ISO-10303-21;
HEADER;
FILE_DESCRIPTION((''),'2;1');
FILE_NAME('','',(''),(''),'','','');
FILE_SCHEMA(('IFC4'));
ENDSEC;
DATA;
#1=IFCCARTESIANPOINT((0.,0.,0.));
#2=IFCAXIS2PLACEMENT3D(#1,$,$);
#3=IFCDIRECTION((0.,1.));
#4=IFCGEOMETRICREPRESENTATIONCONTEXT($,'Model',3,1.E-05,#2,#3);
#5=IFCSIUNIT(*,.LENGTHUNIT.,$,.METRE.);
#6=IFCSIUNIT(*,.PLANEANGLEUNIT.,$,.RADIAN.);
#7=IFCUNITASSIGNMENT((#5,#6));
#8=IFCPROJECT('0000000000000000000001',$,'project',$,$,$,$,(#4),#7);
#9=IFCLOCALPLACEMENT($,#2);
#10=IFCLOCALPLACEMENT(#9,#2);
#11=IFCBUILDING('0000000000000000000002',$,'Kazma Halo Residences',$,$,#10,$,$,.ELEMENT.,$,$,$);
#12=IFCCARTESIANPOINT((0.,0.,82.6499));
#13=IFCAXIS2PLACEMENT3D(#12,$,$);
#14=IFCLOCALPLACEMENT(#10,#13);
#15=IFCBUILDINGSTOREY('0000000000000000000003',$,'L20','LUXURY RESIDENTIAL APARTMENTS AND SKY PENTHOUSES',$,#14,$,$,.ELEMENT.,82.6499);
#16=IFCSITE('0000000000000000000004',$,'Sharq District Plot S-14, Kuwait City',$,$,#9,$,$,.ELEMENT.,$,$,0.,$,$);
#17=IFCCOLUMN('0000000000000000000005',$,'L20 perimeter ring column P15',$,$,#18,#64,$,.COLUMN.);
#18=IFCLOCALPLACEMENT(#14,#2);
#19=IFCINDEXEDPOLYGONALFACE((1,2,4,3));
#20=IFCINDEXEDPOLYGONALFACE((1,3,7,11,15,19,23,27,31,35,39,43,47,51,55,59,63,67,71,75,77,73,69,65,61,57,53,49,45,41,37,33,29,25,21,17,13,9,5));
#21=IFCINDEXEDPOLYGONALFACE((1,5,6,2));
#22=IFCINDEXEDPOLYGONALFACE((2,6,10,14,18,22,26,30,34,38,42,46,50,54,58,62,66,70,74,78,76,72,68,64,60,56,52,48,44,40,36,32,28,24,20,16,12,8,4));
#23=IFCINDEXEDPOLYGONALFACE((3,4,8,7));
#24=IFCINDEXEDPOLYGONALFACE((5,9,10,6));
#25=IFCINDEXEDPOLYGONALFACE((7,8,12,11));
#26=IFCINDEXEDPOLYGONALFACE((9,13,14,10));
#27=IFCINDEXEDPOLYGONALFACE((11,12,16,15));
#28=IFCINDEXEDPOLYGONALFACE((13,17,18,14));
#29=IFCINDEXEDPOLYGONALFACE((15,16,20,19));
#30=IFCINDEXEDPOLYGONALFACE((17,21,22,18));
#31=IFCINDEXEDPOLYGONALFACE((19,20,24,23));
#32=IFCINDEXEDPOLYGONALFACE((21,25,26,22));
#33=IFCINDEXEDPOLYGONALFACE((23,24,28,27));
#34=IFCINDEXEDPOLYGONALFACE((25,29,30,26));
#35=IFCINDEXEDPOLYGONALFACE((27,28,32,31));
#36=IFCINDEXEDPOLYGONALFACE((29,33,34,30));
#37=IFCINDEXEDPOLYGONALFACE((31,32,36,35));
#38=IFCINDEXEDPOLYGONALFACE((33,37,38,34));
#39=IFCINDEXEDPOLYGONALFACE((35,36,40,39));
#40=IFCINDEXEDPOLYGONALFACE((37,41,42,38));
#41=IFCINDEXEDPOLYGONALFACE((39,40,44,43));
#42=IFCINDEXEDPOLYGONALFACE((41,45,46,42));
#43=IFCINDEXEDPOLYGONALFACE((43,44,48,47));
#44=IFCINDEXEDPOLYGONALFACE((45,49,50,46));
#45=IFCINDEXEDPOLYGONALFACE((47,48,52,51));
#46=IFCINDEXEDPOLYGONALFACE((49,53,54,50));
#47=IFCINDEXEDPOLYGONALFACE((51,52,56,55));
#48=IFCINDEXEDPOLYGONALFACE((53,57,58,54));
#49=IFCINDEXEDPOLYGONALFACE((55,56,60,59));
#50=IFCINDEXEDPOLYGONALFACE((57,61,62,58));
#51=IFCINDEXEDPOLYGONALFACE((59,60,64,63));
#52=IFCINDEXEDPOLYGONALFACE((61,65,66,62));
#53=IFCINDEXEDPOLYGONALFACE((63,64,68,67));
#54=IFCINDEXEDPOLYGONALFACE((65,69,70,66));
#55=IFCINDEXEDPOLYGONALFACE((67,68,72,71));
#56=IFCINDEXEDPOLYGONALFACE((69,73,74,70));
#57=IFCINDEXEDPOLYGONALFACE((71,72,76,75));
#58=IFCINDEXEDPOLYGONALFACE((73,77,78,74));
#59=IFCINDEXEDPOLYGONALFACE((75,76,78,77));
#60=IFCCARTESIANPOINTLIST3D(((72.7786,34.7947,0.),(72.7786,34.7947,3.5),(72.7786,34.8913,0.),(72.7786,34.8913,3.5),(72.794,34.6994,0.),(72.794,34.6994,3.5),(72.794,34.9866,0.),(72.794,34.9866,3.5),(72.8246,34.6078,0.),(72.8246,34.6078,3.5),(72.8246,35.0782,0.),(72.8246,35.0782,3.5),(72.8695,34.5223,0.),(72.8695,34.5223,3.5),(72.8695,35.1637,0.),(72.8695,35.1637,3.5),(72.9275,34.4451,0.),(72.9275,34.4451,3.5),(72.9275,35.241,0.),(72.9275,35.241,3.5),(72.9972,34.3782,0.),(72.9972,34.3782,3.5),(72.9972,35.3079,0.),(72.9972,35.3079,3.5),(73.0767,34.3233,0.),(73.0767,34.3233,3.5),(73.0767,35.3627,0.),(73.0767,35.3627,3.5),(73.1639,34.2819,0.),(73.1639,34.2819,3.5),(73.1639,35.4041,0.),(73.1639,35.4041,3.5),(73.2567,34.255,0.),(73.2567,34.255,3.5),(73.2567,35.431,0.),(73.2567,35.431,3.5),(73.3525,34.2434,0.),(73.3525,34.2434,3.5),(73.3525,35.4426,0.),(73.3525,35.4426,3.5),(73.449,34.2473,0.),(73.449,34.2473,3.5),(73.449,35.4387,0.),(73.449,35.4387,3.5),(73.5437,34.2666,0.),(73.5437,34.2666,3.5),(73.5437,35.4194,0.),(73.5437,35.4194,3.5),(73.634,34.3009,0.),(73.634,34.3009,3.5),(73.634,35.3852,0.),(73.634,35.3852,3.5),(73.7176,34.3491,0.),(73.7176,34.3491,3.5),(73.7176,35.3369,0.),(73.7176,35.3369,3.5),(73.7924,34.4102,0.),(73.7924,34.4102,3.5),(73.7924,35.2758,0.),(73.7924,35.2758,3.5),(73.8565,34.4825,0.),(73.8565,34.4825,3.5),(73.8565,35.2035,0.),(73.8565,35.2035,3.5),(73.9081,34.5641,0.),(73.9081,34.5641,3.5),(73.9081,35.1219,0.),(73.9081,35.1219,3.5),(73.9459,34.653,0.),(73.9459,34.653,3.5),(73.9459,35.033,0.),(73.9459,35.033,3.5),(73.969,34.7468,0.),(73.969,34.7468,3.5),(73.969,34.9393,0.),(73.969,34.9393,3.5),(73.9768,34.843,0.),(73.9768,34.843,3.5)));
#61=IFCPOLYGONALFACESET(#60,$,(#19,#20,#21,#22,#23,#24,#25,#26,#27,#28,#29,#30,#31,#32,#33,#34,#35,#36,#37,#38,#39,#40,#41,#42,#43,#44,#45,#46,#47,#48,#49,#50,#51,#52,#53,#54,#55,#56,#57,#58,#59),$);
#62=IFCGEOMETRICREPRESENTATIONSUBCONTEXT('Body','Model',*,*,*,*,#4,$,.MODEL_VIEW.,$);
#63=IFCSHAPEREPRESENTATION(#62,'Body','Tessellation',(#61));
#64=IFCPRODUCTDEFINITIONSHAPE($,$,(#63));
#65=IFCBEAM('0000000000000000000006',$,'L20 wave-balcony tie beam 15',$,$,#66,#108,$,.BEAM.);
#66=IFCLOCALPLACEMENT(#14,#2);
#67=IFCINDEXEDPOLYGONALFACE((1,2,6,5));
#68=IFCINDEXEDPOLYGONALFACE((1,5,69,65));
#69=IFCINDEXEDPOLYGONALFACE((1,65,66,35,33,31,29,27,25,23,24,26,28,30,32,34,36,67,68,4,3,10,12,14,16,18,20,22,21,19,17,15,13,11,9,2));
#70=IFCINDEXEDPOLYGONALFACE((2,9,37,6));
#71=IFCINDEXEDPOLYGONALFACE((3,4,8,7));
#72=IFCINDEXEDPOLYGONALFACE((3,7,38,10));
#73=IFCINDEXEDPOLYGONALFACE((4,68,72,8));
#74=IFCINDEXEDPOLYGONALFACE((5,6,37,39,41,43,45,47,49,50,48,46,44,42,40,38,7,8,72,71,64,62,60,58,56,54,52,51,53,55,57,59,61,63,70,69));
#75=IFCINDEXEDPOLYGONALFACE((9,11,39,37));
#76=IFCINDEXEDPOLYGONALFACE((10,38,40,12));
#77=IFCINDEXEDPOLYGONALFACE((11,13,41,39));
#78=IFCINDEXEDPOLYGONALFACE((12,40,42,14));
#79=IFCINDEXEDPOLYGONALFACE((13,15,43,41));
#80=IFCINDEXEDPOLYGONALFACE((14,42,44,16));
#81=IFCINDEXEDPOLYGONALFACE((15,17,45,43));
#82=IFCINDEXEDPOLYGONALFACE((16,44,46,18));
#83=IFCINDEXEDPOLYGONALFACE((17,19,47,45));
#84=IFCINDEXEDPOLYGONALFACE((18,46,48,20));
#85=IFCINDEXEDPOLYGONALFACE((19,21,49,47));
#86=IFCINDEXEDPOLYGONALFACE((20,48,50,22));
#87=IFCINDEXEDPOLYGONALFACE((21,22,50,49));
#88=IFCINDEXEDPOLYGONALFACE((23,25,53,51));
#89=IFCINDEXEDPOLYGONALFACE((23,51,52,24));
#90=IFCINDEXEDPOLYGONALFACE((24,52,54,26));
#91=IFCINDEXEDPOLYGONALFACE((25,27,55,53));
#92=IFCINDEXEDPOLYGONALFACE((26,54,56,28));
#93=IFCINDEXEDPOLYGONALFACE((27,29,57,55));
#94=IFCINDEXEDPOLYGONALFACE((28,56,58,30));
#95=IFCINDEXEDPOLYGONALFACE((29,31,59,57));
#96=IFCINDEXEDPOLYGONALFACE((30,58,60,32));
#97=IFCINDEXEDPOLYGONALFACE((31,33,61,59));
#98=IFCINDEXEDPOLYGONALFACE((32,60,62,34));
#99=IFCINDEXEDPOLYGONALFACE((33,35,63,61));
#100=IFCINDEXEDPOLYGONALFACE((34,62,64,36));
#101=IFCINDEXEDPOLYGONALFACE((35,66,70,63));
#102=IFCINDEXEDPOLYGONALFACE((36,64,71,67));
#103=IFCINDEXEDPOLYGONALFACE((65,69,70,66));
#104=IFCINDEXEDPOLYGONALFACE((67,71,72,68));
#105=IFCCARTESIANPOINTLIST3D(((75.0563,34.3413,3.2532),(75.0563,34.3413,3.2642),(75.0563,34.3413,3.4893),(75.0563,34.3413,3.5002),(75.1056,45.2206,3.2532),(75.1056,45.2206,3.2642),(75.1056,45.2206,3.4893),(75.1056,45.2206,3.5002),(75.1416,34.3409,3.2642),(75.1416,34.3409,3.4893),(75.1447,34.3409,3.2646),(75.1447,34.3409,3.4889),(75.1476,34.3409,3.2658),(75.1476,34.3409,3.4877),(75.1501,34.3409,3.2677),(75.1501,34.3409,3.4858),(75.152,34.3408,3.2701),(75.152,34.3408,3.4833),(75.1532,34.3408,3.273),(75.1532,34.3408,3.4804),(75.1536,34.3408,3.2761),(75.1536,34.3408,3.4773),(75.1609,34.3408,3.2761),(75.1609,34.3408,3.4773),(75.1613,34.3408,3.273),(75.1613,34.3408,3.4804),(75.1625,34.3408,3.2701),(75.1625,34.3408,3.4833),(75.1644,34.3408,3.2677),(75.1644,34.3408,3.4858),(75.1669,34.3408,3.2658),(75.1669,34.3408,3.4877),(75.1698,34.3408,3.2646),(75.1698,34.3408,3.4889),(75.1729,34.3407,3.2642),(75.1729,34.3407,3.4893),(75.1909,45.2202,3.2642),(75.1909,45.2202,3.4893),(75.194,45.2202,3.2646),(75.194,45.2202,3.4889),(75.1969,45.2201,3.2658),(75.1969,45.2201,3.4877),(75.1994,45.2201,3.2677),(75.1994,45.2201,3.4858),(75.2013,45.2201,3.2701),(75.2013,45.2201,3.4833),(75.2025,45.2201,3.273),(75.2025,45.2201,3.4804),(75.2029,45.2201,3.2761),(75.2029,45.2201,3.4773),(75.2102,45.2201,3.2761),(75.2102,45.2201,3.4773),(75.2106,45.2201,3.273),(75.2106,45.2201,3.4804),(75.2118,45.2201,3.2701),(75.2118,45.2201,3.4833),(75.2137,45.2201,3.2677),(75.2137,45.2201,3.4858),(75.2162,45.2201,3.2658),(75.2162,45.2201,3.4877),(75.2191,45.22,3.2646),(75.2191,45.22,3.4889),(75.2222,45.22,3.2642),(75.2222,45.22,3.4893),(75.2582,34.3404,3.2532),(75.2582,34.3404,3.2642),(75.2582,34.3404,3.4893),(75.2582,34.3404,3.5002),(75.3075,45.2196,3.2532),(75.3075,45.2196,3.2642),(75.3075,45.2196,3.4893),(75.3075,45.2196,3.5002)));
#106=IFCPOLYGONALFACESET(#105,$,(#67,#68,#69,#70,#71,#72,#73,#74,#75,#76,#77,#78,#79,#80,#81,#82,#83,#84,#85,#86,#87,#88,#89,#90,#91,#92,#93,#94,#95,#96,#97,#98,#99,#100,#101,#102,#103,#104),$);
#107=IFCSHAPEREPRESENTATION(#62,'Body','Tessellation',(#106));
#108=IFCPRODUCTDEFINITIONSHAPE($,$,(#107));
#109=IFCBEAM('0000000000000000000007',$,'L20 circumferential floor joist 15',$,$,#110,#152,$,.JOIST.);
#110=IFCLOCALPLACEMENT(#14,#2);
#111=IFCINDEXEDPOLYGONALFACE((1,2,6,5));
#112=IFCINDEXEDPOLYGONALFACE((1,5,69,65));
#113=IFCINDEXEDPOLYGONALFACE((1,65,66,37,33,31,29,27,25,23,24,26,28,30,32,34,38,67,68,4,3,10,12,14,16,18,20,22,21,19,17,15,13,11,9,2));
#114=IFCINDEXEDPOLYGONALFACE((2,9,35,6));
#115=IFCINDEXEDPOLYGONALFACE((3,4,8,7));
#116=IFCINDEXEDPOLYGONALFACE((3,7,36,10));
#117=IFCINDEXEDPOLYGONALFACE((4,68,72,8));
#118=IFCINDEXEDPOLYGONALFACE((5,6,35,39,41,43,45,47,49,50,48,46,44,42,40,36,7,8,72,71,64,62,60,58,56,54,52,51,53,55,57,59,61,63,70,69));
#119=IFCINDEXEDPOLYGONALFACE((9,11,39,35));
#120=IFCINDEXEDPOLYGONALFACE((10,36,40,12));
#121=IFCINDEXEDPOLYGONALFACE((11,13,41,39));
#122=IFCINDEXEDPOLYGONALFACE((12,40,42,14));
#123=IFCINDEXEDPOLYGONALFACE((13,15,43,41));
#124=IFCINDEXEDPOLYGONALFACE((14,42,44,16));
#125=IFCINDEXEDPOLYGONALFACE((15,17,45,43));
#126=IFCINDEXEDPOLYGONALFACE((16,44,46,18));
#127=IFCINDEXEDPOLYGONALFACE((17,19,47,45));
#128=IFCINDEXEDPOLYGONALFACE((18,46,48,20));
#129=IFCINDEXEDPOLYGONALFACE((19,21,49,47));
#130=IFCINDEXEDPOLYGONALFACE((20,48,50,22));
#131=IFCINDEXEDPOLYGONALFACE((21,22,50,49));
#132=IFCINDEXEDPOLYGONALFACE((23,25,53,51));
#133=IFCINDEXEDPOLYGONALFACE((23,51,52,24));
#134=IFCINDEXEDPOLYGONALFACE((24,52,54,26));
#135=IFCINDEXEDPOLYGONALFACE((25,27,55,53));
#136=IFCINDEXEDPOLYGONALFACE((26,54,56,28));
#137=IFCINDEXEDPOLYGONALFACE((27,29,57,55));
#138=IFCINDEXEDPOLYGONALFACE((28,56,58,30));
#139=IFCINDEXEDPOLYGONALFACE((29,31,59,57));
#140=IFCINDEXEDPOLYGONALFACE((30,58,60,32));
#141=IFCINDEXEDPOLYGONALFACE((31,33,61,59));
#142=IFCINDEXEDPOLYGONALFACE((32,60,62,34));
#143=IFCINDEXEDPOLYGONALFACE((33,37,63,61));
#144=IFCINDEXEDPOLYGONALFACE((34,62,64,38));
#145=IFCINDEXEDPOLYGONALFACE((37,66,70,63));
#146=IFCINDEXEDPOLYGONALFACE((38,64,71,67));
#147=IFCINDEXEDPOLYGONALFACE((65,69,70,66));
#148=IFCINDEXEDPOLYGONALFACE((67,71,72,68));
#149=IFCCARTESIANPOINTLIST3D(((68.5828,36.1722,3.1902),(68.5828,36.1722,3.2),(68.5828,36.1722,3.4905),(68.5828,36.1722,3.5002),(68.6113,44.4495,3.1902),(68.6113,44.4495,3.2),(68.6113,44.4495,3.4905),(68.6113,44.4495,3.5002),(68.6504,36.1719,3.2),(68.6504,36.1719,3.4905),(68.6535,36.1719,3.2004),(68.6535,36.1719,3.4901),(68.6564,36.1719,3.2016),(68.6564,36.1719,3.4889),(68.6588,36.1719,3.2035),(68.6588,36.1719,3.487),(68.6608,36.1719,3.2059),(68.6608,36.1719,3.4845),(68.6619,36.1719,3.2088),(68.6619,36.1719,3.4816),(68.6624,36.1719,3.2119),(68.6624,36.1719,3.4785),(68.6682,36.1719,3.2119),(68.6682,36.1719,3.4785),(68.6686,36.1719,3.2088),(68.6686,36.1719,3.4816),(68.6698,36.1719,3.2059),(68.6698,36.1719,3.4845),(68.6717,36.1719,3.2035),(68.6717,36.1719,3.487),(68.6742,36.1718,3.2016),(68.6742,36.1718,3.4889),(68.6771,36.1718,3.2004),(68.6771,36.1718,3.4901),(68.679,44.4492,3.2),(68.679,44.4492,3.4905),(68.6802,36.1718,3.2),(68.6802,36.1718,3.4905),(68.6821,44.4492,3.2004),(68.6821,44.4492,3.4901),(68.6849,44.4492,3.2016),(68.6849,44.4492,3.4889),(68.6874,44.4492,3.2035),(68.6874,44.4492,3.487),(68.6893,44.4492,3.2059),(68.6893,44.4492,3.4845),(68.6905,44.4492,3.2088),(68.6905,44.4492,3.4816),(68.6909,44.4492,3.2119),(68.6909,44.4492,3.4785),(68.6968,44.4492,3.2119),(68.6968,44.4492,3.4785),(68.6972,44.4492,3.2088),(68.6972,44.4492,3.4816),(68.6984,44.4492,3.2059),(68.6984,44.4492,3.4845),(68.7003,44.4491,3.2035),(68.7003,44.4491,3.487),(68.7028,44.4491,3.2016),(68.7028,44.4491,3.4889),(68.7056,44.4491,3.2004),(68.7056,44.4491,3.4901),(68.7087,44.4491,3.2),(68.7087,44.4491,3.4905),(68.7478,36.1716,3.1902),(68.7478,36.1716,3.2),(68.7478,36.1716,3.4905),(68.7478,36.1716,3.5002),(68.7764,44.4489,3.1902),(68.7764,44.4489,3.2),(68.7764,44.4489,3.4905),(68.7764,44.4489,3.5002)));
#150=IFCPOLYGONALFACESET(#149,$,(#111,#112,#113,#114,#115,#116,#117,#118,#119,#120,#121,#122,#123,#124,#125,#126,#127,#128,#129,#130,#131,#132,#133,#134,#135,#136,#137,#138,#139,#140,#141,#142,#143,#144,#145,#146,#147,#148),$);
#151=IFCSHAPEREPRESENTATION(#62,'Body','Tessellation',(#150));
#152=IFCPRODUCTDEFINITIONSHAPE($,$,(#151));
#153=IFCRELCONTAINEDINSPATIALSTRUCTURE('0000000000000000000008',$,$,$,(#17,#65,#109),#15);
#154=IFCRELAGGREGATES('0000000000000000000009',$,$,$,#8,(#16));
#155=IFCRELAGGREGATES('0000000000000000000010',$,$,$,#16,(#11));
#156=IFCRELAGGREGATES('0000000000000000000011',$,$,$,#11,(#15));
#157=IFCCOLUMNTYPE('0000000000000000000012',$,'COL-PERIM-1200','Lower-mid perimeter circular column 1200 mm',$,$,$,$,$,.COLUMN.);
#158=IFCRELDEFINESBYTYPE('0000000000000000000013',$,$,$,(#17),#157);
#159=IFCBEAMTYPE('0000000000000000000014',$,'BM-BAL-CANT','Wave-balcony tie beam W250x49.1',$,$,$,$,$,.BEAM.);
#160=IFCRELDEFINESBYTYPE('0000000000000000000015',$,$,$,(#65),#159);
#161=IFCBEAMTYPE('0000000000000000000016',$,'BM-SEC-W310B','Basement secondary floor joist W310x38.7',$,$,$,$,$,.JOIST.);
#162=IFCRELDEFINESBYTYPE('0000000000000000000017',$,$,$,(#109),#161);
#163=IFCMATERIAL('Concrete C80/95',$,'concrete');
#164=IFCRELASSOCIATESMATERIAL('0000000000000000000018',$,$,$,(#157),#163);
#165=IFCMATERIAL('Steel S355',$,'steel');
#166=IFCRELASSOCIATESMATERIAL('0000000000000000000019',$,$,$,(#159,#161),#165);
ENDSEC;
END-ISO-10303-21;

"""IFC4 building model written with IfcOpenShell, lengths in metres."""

from ifc_helpers import new_model, si_unit, direction, frame, origin, origin_2d, place, context, subcontext, project, spatial, circle, i_section, extrude, material, material_profile, profile_set, type_object, element, save


model = new_model("IFC4")

# Units and contexts
model_context = context("Model", 3, precision=1e-05, world=origin(), true_north=direction((0.0, 1.0)))
body_context = subcontext(model_context, "Body", "Model", "MODEL_VIEW")
ifc_project = project(units=[si_unit("LENGTHUNIT", "METRE"), si_unit("PLANEANGLEUNIT", "RADIAN")], contexts=[model_context])

# Site, building, storey
site_placement = place(None, origin())
site = spatial("IfcSite", under=ifc_project, at=site_placement, Name="Sharq District Plot S-14, Kuwait City", CompositionType="ELEMENT", RefElevation=0.0)
building_placement = place(site_placement, origin())
building = spatial("IfcBuilding", under=site, at=building_placement, Name="Kazma Halo Residences", CompositionType="ELEMENT")
storey_placement = place(building_placement, frame((0.0, 0.0, 82.6499)))
storey = spatial("IfcBuildingStorey", under=building, at=storey_placement, Name="L20", Description="LUXURY RESIDENTIAL APARTMENTS AND SKY PENTHOUSES", CompositionType="ELEMENT", Elevation=82.6499)

# Column
ifc_material_1 = material(Name="Concrete C80/95", Category="concrete")
ifc_material_profile_1 = material_profile(ifc_material_1, circle(Radius=0.6001, at=origin_2d()), Name="CIRC1200")
ifc_profile_set_1 = profile_set([ifc_material_profile_1], Name="Concrete C80/95")
column_type = type_object("IfcColumnType", Name="COL-PERIM-1200", Description="Lower-mid perimeter circular column 1200 mm", PredefinedType="COLUMN", material=ifc_profile_set_1)
column_placement = place(storey_placement, frame((73.3767, 34.843, 0.0), z_axis=(0.0, 0.0, 1.0), x_axis=(1.0, 0.0, 0.0)))
element("IfcColumn", 1, at=column_placement, inside=storey, type_object=column_type, Name="L20 perimeter ring column P15", PredefinedType="COLUMN", context=body_context, shape_type="SweptSolid", body=[
    extrude(circle(Radius=0.6001, at=origin_2d()), origin(), (0.0, 0.0, 1.0), 3.5),
])

# Beams
ifc_material_2 = material(Name="Steel S355", Category="steel")
ifc_material_profile_2 = material_profile(ifc_material_2, i_section(OverallWidth=0.2019, OverallDepth=0.2471, WebThickness=0.0073, FlangeThickness=0.011, FilletRadius=0.012, at=origin_2d()), Name="W250x49.1")
ifc_profile_set_2 = profile_set([ifc_material_profile_2], Name="Steel S355")
beam_type_1 = type_object("IfcBeamType", Name="BM-BAL-CANT", Description="Wave-balcony tie beam W250x49.1", PredefinedType="BEAM", material=ifc_profile_set_2)
beam_1_placement = place(storey_placement, frame((75.1572, 34.3408, 3.3767), z_axis=(0.004533, 0.99999, 0.0), x_axis=(-0.99999, 0.004533, 0.0)))
element("IfcBeam", 2, at=beam_1_placement, inside=storey, type_object=beam_type_1, Name="L20 wave-balcony tie beam 15", PredefinedType="BEAM", context=body_context, shape_type="SweptSolid", body=[
    extrude(i_section(OverallWidth=0.2019, OverallDepth=0.2471, WebThickness=0.0073, FlangeThickness=0.011, FilletRadius=0.012, at=origin_2d()), origin(), (0.0, 0.0, 1.0), 10.8794),
])
ifc_material_profile_3 = material_profile(ifc_material_2, i_section(OverallWidth=0.165, OverallDepth=0.3101, WebThickness=0.0059, FlangeThickness=0.0098, FilletRadius=0.012, at=origin_2d()), Name="W310x38.7")
ifc_profile_set_3 = profile_set([ifc_material_profile_3], Name="Steel S355")
beam_type_2 = type_object("IfcBeamType", Name="BM-SEC-W310B", Description="Basement secondary floor joist W310x38.7", PredefinedType="JOIST", material=ifc_profile_set_3)
beam_2_placement = place(storey_placement, frame((68.6653, 36.1719, 3.3452), z_axis=(0.003451, 0.999994, 0.0), x_axis=(-0.999994, 0.003451, 0.0)))
element("IfcBeam", 3, at=beam_2_placement, inside=storey, type_object=beam_type_2, Name="L20 circumferential floor joist 15", PredefinedType="JOIST", context=body_context, shape_type="SweptSolid", body=[
    extrude(i_section(OverallWidth=0.165, OverallDepth=0.3101, WebThickness=0.0059, FlangeThickness=0.0098, FilletRadius=0.012, at=origin_2d()), origin(), (0.0, 0.0, 1.0), 8.2773),
])

save(model, "model.ifc")
